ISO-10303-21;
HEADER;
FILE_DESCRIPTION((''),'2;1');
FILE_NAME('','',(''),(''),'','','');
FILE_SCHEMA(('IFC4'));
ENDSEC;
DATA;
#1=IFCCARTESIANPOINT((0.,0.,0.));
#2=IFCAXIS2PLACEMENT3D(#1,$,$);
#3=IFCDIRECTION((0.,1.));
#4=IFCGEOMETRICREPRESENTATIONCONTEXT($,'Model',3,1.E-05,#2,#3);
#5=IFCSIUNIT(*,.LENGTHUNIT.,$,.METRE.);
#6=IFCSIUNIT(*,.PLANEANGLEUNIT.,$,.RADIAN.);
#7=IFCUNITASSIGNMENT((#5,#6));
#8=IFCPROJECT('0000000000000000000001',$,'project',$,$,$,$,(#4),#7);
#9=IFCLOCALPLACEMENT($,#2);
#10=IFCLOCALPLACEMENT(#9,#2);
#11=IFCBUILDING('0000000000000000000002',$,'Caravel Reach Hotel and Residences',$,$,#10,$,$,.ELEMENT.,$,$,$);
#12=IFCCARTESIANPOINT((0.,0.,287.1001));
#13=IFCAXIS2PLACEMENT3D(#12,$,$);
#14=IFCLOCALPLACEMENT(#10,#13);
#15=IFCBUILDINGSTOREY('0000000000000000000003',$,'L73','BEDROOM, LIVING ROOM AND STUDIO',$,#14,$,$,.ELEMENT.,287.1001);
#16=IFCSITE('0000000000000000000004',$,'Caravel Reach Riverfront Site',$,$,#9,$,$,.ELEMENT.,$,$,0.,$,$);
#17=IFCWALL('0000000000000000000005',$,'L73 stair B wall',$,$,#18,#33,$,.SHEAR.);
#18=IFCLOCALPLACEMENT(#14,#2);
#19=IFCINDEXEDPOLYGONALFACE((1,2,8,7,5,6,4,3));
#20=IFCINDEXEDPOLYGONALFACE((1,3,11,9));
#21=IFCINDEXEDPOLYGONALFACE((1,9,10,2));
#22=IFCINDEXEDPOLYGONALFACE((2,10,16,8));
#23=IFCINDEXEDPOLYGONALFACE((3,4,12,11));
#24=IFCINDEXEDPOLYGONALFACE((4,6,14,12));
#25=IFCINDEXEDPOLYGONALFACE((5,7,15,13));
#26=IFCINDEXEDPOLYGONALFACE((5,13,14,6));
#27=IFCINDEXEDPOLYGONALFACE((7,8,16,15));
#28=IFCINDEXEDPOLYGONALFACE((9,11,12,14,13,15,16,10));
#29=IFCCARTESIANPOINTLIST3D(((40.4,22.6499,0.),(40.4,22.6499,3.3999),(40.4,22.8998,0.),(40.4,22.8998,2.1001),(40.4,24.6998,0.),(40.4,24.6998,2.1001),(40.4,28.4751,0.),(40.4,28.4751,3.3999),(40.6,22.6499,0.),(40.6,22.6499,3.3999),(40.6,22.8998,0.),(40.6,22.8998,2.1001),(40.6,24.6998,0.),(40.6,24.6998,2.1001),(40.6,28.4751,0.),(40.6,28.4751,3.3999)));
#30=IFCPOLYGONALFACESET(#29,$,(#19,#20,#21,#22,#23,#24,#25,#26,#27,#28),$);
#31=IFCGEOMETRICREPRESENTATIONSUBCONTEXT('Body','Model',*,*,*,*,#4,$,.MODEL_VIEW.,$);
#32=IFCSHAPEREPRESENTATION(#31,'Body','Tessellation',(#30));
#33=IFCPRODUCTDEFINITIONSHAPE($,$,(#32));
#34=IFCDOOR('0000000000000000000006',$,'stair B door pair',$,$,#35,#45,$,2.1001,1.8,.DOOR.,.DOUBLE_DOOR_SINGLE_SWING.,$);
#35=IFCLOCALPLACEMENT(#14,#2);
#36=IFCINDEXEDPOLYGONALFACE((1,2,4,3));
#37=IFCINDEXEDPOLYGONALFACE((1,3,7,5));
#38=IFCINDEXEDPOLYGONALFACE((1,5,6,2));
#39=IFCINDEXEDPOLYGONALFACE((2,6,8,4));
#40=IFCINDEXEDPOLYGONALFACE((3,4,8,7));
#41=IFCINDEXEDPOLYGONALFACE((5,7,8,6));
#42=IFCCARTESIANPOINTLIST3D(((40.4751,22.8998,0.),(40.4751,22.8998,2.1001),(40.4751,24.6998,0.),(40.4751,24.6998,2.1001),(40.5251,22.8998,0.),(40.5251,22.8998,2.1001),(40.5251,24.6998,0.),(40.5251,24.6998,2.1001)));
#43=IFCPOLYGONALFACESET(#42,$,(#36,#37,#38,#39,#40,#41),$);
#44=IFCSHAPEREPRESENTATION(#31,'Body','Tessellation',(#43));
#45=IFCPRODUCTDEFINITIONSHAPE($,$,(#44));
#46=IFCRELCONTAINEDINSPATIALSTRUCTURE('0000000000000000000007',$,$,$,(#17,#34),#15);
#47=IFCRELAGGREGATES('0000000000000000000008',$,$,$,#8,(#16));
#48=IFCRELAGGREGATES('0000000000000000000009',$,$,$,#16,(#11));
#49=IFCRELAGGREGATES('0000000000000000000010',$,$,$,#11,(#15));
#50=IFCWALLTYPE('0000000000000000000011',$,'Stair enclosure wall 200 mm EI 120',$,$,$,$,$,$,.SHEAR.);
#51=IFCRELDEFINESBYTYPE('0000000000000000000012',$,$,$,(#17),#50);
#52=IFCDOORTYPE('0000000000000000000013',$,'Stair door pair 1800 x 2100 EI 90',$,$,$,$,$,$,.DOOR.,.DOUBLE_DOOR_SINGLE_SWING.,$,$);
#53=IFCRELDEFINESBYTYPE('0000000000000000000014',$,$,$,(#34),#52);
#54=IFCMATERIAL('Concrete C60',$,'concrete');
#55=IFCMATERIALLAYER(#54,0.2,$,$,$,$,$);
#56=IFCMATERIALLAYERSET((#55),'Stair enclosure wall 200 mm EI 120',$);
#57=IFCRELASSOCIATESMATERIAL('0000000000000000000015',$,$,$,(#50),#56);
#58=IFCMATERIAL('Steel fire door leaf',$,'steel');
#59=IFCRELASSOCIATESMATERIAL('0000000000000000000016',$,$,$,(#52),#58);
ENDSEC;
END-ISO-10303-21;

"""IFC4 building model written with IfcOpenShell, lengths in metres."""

from ifc_helpers import new_model, si_unit, direction, frame, frame_2d, origin, place, context, subcontext, project, spatial, rectangle, extrude, material, layer, layer_set, type_object, element, fill, save


model = new_model("IFC4")

# Units and contexts
model_context = context("Model", 3, precision=1e-05, world=origin(), true_north=direction((0.0, 1.0)))
body_context = subcontext(model_context, "Body", "Model", "MODEL_VIEW")
ifc_project = project(units=[si_unit("LENGTHUNIT", "METRE"), si_unit("PLANEANGLEUNIT", "RADIAN")], contexts=[model_context])

# Site, building, storey
site_placement = place(None, origin())
site = spatial("IfcSite", under=ifc_project, at=site_placement, Name="Caravel Reach Riverfront Site", CompositionType="ELEMENT", RefElevation=0.0)
building_placement = place(site_placement, origin())
building = spatial("IfcBuilding", under=site, at=building_placement, Name="Caravel Reach Hotel and Residences", CompositionType="ELEMENT")
storey_placement = place(building_placement, frame((0.0, 0.0, 287.1001)))
storey = spatial("IfcBuildingStorey", under=building, at=storey_placement, Name="L73", Description="BEDROOM, LIVING ROOM AND STUDIO", CompositionType="ELEMENT", Elevation=287.1001)

# Wall, opening, door
ifc_material_1 = material(Name="Concrete C60", Category="concrete")
ifc_layer_1 = layer(ifc_material_1, 0.2)
ifc_layer_set_1 = layer_set([ifc_layer_1], Name="Stair enclosure wall 200 mm EI 120")
wall_type_1 = type_object("IfcWallType", Name="Stair enclosure wall 200 mm EI 120", PredefinedType="SHEAR", material=ifc_layer_set_1)
wall_1_placement = place(storey_placement, frame((40.5, 22.6499, 0.0), z_axis=(0.0, 0.0, 1.0), x_axis=(0.0, 1.0, 0.0)))
wall_1 = element("IfcWall", 1, at=wall_1_placement, inside=storey, type_object=wall_type_1, Name="L73 stair B wall", PredefinedType="SHEAR", context=body_context, shape_type="SweptSolid", body=[
    extrude(rectangle(XDim=5.8252, YDim=0.2, at=frame_2d((2.9126, 0.0))), origin(), (0.0, 0.0, 1.0), 3.3999),
])
opening_1_placement = place(wall_1_placement, frame((0.25, 0.0, 0.0)))
opening_1 = element("IfcOpeningElement", 2, at=opening_1_placement, cuts=wall_1, PredefinedType="OPENING", context=body_context, shape_type="SweptSolid", body=[
    extrude(rectangle(XDim=1.8, YDim=2.1001, at=frame_2d((0.8999, 1.05))), frame((0.0, 0.1099, 0.0), z_axis=(0.0, -1.0, 0.0), x_axis=(1.0, 0.0, 0.0)), (0.0, 0.0, 1.0), 0.22),
])
ifc_material_2 = material(Name="Steel fire door leaf", Category="steel")
door_type_1 = type_object("IfcDoorType", Name="Stair door pair 1800 x 2100 EI 90", OperationType="DOUBLE_DOOR_SINGLE_SWING", PredefinedType="DOOR", material=ifc_material_2)
door_1_placement = place(opening_1_placement, origin())
door_1 = element("IfcDoor", 3, at=door_1_placement, inside=storey, type_object=door_type_1, Name="stair B door pair", OperationType="DOUBLE_DOOR_SINGLE_SWING", OverallHeight=2.1001, OverallWidth=1.8, PredefinedType="DOOR", context=body_context, shape_type="SweptSolid", body=[
    extrude(rectangle(XDim=1.8, YDim=2.1001, at=frame_2d((0.8999, 1.05))), frame((0.0, 0.0249, 0.0), z_axis=(0.0, -1.0, 0.0), x_axis=(1.0, 0.0, 0.0)), (0.0, 0.0, 1.0), 0.05),
])
fill(opening_1, door_1)

save(model, "model.ifc")
